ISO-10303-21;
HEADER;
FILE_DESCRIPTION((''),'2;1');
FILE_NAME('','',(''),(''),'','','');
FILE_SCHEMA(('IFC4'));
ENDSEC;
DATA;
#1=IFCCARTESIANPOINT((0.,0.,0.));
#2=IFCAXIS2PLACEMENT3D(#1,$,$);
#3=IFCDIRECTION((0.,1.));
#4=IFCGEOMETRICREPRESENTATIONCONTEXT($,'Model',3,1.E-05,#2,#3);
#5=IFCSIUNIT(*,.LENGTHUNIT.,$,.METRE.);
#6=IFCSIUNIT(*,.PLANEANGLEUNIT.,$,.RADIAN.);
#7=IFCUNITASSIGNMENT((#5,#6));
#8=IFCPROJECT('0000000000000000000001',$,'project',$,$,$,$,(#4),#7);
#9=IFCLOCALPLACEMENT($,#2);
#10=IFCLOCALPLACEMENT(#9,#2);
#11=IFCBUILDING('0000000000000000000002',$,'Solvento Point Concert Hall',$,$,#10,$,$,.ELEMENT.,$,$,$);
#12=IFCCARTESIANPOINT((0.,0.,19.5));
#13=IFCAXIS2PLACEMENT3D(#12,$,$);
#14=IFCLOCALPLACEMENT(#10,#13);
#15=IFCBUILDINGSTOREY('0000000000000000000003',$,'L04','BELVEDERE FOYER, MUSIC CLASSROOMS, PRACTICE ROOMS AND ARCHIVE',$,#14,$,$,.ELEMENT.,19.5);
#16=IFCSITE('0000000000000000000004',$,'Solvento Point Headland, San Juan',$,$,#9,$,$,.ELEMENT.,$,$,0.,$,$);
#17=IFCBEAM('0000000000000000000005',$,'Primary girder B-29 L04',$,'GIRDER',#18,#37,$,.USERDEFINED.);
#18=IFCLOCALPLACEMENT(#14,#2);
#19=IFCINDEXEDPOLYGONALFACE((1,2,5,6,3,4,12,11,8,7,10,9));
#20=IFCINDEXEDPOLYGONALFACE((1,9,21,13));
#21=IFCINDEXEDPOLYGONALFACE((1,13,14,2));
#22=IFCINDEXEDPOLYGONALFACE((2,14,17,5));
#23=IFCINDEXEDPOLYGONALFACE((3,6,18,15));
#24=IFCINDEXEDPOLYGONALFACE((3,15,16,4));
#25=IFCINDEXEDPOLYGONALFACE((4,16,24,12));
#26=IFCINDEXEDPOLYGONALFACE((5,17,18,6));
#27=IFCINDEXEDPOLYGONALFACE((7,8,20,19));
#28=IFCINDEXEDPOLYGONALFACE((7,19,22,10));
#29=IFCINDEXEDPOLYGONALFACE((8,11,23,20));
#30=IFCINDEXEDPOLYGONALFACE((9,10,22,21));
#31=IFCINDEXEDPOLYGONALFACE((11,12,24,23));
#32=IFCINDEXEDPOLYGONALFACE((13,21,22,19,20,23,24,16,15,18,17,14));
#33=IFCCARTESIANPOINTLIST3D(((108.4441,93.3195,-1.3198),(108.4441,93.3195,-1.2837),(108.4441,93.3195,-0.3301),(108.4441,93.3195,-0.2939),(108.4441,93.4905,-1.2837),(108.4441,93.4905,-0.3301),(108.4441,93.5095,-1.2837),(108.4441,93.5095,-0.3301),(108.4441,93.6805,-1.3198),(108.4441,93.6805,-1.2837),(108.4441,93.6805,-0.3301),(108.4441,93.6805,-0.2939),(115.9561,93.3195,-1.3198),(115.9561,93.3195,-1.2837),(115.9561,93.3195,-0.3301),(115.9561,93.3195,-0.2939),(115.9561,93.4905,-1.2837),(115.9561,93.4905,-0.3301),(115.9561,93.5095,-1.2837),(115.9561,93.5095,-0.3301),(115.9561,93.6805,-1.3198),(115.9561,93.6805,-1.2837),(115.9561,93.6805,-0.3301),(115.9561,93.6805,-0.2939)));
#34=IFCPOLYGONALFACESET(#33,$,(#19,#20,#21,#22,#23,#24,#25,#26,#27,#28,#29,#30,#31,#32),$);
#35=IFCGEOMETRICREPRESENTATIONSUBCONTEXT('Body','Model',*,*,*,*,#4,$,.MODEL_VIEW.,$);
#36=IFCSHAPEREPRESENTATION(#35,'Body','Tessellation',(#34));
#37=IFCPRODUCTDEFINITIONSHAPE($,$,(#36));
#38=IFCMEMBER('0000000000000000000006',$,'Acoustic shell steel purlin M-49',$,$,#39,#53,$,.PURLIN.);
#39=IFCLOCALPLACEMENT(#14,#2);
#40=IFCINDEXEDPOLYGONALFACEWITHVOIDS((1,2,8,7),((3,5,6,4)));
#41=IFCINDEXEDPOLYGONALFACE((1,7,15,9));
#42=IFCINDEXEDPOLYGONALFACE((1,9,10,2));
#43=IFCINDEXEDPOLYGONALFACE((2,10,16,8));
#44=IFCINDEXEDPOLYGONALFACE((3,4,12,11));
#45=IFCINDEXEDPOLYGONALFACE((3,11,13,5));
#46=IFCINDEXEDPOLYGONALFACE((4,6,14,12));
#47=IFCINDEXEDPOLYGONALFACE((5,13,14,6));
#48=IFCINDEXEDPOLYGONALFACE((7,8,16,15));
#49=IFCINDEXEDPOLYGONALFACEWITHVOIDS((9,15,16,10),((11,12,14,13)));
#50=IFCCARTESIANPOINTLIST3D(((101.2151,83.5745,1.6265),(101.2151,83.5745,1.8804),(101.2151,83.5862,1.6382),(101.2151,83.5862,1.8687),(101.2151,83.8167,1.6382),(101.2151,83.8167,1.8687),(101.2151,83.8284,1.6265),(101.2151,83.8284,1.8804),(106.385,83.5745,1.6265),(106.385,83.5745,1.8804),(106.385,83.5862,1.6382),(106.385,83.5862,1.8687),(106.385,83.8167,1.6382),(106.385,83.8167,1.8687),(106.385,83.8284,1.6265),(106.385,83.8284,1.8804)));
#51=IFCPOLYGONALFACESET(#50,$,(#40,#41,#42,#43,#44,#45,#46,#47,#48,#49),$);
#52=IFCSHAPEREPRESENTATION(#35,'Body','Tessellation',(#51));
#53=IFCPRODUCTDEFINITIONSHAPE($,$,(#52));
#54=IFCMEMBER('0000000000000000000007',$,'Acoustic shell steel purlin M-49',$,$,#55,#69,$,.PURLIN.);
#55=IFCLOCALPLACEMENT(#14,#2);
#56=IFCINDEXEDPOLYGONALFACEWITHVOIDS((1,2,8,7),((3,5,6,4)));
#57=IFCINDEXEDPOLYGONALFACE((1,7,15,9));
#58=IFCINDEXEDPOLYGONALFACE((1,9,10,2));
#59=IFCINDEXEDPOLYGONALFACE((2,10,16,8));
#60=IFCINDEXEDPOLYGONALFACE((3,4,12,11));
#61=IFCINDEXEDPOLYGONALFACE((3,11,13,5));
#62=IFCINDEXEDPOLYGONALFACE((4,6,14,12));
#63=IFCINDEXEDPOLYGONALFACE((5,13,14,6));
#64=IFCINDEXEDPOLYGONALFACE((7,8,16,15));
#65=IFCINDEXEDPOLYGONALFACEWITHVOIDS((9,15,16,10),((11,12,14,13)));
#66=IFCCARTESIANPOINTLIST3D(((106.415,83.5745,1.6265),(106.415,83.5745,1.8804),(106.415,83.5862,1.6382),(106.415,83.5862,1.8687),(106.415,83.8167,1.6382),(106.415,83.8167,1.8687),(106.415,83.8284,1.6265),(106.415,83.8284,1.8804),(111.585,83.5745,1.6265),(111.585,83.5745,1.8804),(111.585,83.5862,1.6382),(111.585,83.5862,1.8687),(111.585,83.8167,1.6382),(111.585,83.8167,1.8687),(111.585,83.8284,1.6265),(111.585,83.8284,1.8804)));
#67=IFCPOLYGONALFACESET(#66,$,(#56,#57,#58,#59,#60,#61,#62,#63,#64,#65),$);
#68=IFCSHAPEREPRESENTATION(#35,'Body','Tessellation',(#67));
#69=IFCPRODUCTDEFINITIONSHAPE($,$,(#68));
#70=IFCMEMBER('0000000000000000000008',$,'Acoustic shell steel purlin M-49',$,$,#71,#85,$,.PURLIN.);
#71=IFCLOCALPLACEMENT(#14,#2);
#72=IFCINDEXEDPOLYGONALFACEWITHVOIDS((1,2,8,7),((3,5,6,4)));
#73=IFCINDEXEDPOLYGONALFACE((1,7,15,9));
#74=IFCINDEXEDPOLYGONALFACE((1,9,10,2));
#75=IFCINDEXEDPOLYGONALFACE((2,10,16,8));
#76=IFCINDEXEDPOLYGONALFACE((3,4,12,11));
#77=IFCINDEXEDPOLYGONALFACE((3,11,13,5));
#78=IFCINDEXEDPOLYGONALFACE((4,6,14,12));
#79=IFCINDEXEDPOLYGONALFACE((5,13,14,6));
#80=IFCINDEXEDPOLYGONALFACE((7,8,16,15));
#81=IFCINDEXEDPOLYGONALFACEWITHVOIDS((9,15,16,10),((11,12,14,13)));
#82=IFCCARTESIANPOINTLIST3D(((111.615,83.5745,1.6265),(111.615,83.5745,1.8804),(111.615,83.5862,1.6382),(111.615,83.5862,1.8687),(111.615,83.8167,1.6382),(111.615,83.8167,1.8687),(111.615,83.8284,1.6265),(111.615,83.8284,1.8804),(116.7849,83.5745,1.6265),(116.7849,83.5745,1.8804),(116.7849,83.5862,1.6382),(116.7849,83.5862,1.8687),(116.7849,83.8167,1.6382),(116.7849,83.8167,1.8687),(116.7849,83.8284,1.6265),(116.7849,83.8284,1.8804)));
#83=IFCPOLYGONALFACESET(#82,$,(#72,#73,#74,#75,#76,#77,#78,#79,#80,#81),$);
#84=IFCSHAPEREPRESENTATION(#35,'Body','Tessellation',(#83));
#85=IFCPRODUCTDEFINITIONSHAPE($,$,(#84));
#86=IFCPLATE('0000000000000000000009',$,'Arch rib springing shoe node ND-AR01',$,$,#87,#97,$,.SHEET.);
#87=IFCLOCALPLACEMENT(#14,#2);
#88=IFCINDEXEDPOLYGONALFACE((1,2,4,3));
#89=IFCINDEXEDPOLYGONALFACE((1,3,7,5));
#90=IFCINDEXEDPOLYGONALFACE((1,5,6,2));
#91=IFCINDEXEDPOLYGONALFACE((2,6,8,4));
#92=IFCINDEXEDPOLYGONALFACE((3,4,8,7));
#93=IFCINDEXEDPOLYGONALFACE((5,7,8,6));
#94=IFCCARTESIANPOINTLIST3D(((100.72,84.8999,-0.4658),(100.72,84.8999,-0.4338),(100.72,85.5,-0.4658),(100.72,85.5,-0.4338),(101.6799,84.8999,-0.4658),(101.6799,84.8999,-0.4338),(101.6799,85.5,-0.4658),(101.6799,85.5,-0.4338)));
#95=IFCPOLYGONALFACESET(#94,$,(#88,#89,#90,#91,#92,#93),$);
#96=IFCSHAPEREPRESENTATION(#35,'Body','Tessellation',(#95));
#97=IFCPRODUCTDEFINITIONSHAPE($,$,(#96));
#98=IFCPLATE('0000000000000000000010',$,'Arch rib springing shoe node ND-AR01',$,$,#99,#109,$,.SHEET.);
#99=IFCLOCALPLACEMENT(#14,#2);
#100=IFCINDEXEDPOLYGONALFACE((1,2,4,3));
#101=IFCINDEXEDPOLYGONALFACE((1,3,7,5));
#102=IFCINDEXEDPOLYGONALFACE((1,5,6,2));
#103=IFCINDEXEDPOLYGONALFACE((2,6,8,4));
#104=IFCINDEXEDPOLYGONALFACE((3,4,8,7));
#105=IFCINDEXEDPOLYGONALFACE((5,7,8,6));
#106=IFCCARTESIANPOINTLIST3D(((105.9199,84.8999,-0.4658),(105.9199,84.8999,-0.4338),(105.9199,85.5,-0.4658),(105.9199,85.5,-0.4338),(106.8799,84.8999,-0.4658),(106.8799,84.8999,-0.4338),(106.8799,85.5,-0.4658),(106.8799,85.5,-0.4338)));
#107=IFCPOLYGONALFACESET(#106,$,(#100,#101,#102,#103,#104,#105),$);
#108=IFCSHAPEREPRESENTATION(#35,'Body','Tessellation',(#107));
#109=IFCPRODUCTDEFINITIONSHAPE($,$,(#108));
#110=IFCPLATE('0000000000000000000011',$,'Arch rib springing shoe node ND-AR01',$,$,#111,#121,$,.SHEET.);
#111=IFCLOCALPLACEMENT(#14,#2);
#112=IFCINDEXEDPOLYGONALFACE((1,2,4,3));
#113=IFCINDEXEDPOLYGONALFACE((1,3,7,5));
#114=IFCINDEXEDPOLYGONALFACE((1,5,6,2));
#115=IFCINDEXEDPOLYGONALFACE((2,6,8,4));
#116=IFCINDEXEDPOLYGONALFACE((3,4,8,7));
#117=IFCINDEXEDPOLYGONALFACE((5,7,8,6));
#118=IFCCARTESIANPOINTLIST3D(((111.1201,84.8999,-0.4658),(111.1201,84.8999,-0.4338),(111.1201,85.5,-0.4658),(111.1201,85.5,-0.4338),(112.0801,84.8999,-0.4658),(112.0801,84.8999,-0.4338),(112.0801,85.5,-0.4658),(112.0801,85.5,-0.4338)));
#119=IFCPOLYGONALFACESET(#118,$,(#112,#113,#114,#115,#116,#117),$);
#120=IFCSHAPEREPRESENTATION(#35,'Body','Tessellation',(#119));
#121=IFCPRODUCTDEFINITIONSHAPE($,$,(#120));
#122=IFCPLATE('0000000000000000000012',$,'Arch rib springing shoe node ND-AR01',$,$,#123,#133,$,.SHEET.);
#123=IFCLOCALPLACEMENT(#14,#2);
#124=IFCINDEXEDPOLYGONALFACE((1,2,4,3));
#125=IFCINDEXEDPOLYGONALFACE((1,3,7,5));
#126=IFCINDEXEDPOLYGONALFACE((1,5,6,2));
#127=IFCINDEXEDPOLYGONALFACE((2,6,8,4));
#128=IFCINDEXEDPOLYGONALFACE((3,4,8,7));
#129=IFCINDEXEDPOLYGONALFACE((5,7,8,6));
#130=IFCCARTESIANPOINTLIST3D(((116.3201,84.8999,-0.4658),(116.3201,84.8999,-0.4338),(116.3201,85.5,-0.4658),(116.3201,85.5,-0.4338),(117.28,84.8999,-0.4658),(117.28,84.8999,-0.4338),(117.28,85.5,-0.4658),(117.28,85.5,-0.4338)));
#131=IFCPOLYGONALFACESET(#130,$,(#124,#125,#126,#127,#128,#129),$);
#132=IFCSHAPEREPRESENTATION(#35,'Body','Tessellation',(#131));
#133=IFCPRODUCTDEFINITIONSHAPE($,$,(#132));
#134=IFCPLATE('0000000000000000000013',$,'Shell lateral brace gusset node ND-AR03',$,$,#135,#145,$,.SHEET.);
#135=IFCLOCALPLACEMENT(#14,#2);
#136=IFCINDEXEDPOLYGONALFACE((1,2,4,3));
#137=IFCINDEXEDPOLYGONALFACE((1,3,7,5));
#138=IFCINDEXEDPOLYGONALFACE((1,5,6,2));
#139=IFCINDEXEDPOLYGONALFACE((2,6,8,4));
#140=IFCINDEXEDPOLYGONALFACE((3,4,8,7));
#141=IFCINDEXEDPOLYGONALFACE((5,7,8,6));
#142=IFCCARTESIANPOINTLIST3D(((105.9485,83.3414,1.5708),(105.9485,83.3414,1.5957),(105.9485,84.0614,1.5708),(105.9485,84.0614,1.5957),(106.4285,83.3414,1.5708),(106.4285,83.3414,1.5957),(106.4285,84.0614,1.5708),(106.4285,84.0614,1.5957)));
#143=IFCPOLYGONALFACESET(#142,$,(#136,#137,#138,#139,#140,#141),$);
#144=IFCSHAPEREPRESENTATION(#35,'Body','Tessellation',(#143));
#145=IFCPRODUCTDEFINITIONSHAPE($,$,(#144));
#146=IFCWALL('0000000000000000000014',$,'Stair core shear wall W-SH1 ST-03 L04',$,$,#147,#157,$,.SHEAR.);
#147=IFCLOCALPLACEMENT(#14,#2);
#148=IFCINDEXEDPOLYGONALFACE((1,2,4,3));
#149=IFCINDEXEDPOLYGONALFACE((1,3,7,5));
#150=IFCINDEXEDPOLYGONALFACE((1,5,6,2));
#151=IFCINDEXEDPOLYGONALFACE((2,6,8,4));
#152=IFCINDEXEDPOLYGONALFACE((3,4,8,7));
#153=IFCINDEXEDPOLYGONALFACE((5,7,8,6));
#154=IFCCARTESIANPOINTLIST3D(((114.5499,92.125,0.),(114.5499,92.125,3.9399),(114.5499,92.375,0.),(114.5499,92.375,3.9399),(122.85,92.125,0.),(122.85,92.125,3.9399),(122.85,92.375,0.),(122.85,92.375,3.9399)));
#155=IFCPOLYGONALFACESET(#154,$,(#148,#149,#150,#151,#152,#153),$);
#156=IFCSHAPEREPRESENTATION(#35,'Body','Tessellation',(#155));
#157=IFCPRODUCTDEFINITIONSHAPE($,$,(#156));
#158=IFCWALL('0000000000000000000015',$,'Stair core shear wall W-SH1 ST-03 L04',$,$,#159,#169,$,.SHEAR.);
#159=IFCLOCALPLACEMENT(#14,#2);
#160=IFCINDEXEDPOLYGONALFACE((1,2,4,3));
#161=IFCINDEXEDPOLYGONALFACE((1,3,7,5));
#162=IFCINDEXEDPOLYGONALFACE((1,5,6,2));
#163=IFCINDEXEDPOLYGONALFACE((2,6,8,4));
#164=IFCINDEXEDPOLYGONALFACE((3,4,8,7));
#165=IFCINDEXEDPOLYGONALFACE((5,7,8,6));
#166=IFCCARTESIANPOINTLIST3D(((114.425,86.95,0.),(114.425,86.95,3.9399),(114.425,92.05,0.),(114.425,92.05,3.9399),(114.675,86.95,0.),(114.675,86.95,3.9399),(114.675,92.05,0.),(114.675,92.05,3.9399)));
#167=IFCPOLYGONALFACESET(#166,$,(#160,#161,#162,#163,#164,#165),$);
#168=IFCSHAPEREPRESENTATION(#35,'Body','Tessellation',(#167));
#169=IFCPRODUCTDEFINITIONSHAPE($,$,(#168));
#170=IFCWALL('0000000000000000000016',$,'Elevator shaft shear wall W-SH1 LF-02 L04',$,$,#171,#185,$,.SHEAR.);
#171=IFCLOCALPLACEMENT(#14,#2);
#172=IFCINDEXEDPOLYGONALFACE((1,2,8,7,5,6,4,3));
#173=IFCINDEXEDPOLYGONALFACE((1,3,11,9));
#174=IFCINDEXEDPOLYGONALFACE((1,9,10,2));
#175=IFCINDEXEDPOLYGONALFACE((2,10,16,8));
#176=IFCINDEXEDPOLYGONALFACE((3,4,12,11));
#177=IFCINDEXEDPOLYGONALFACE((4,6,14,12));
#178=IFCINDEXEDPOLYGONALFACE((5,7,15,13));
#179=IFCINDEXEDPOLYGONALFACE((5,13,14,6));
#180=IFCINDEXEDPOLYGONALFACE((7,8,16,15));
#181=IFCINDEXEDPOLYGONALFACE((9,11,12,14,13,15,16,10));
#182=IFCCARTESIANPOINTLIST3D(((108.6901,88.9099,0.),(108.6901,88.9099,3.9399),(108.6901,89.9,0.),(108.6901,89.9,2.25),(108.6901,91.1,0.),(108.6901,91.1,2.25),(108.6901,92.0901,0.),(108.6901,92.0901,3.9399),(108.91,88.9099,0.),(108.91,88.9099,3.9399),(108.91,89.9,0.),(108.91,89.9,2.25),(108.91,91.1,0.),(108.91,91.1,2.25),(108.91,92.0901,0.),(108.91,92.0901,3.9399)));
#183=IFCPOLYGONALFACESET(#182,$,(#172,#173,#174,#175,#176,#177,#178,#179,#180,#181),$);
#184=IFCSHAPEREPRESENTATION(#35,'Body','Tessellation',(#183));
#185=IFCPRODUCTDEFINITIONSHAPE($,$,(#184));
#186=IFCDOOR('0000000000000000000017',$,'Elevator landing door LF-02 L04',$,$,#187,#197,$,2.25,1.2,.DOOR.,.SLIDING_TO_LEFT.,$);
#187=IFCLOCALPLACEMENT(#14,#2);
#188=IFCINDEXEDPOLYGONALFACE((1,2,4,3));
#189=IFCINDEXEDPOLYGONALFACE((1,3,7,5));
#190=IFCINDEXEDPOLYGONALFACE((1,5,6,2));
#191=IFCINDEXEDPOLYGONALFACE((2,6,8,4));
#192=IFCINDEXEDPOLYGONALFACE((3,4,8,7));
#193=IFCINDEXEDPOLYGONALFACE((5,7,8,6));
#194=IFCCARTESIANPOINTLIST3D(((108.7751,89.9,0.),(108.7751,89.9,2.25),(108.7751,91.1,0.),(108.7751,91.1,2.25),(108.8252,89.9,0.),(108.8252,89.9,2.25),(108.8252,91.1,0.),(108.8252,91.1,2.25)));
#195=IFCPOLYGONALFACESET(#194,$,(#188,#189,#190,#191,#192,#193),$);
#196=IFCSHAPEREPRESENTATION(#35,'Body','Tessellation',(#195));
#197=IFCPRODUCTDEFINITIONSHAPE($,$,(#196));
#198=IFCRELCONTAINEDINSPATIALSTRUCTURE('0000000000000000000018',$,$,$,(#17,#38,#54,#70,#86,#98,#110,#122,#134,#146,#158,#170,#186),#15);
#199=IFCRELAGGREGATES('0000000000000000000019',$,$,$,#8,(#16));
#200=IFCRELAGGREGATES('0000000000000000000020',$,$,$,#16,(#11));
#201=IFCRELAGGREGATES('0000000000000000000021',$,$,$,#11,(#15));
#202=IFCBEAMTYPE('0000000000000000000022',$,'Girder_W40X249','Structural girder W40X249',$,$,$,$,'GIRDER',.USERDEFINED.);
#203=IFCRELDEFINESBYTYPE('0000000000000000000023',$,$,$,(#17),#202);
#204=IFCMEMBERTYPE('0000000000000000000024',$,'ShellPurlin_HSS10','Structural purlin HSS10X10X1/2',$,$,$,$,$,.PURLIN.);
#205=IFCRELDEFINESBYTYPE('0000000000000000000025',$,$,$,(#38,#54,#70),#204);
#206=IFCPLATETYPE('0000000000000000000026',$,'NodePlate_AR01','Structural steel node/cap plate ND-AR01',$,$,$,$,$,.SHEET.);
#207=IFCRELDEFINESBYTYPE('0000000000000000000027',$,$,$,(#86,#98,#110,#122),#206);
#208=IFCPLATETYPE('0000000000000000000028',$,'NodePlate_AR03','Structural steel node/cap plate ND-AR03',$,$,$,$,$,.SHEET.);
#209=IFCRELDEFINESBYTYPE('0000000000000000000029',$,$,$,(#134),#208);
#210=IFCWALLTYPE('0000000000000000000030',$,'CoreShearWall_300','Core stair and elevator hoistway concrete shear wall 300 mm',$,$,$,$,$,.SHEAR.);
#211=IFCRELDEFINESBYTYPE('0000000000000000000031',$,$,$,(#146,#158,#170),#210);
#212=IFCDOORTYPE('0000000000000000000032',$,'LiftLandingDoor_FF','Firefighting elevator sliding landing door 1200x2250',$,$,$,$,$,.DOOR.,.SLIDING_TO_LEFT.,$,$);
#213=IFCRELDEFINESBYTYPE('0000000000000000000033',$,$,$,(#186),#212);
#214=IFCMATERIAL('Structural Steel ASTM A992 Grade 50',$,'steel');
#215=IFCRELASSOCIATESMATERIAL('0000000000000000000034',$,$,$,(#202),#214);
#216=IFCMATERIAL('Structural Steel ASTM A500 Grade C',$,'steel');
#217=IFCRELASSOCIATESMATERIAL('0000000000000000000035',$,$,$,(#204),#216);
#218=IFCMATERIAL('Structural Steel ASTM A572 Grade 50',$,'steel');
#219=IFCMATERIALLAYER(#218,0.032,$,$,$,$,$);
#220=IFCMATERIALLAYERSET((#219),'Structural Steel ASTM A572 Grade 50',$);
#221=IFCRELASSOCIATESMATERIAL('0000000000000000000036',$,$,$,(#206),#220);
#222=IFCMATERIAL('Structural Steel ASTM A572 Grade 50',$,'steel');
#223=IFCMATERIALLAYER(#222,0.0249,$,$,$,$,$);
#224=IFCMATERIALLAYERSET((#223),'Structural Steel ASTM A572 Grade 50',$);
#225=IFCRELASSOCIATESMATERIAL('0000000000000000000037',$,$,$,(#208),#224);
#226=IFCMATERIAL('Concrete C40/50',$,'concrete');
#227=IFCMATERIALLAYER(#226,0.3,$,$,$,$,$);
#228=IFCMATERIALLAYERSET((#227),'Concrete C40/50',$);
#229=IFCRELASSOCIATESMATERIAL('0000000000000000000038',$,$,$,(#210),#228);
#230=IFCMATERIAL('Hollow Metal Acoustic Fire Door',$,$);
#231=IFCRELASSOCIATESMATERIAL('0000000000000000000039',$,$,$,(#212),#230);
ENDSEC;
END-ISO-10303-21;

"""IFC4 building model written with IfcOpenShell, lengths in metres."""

from ifc_helpers import new_model, si_unit, direction, frame, frame_2d, origin, origin_2d, place, context, subcontext, project, spatial, rectangle, hollow_rectangle, i_section, extrude, material, layer, layer_set, material_profile, profile_set, type_object, element, fill, save


model = new_model("IFC4")

# Units and contexts
model_context = context("Model", 3, precision=1e-05, world=origin(), true_north=direction((0.0, 1.0)))
body_context = subcontext(model_context, "Body", "Model", "MODEL_VIEW")
ifc_project = project(units=[si_unit("LENGTHUNIT", "METRE"), si_unit("PLANEANGLEUNIT", "RADIAN")], contexts=[model_context])

# Site, building, storey
site_placement = place(None, origin())
site = spatial("IfcSite", under=ifc_project, at=site_placement, Name="Solvento Point Headland, San Juan", CompositionType="ELEMENT", RefElevation=0.0)
building_placement = place(site_placement, origin())
building = spatial("IfcBuilding", under=site, at=building_placement, Name="Solvento Point Concert Hall", CompositionType="ELEMENT")
storey_placement = place(building_placement, frame((0.0, 0.0, 19.5)))
storey = spatial("IfcBuildingStorey", under=building, at=storey_placement, Name="L04", Description="BELVEDERE FOYER, MUSIC CLASSROOMS, PRACTICE ROOMS AND ARCHIVE", CompositionType="ELEMENT", Elevation=19.5)

# Beam
ifc_material_1 = material(Name="Structural Steel ASTM A992 Grade 50", Category="steel")
ifc_material_profile_1 = material_profile(ifc_material_1, i_section(OverallWidth=0.3611, OverallDepth=1.0259, WebThickness=0.019, FlangeThickness=0.0361, at=origin_2d()), Name="W40X249")
ifc_profile_set_1 = profile_set([ifc_material_profile_1], Name="Structural Steel ASTM A992 Grade 50")
beam_type_1 = type_object("IfcBeamType", Name="Girder_W40X249", Description="Structural girder W40X249", ElementType="GIRDER", PredefinedType="USERDEFINED", material=ifc_profile_set_1)
beam_1_placement = place(storey_placement, frame((108.4441, 93.5, -0.8069), z_axis=(1.0, 0.0, 0.0), x_axis=(0.0, 1.0, 0.0)))
element("IfcBeam", 1, at=beam_1_placement, inside=storey, type_object=beam_type_1, Name="Primary girder B-29 L04", ObjectType="GIRDER", PredefinedType="USERDEFINED", context=body_context, shape_type="SweptSolid", body=[
    extrude(i_section(OverallWidth=0.3611, OverallDepth=1.0259, WebThickness=0.019, FlangeThickness=0.0361, at=origin_2d()), origin(), (0.0, 0.0, 1.0), 7.512),
])

# Members
ifc_material_2 = material(Name="Structural Steel ASTM A500 Grade C", Category="steel")
ifc_material_profile_2 = material_profile(ifc_material_2, hollow_rectangle(XDim=0.2539, YDim=0.2539, WallThickness=0.0117, at=origin_2d()), Name="HSS10X10X1/2")
ifc_profile_set_2 = profile_set([ifc_material_profile_2], Name="Structural Steel ASTM A500 Grade C")
member_type = type_object("IfcMemberType", Name="ShellPurlin_HSS10", Description="Structural purlin HSS10X10X1/2", PredefinedType="PURLIN", material=ifc_profile_set_2)
for number, where, z_axis, x_axis, name in (
    (2, (101.2151, 83.7014, 1.7534), (1.0, 0.0, 0.0), (0.0, 1.0, 0.0), "Acoustic shell steel purlin M-49"),
    (3, (106.415, 83.7014, 1.7534), (1.0, 0.0, 0.0), (0.0, 1.0, 0.0), "Acoustic shell steel purlin M-49"),
    (4, (111.615, 83.7014, 1.7534), (1.0, 0.0, 0.0), (0.0, 1.0, 0.0), "Acoustic shell steel purlin M-49"),
):
    element("IfcMember", number, at=place(storey_placement, frame(where, z_axis=z_axis, x_axis=x_axis)), inside=storey, type_object=member_type, Name=name, PredefinedType="PURLIN", context=body_context, shape_type="SweptSolid", body=[
        extrude(hollow_rectangle(XDim=0.2539, YDim=0.2539, WallThickness=0.0117, at=origin_2d()), origin(), (0.0, 0.0, 1.0), 5.1699),
    ])

# Plates
ifc_material_3 = material(Name="Structural Steel ASTM A572 Grade 50", Category="steel")
ifc_layer_1 = layer(ifc_material_3, 0.032)
ifc_layer_set_1 = layer_set([ifc_layer_1], Name="Structural Steel ASTM A572 Grade 50")
plate_type_1 = type_object("IfcPlateType", Name="NodePlate_AR01", Description="Structural steel node/cap plate ND-AR01", PredefinedType="SHEET", material=ifc_layer_set_1)
for number, where, z_axis, x_axis, name in (
    (5, (101.2, 85.2, -0.4658), (0.0, 0.0, 1.0), (1.0, 0.0, 0.0), "Arch rib springing shoe node ND-AR01"),
    (6, (106.3999, 85.2, -0.4658), (0.0, 0.0, 1.0), (1.0, 0.0, 0.0), "Arch rib springing shoe node ND-AR01"),
    (7, (111.6001, 85.2, -0.4658), (0.0, 0.0, 1.0), (1.0, 0.0, 0.0), "Arch rib springing shoe node ND-AR01"),
    (8, (116.8, 85.2, -0.4658), (0.0, 0.0, 1.0), (1.0, 0.0, 0.0), "Arch rib springing shoe node ND-AR01"),
):
    element("IfcPlate", number, at=place(storey_placement, frame(where, z_axis=z_axis, x_axis=x_axis)), inside=storey, type_object=plate_type_1, Name=name, PredefinedType="SHEET", context=body_context, shape_type="SweptSolid", body=[
        extrude(rectangle(XDim=0.96, YDim=0.6001, at=origin_2d()), origin(), (0.0, 0.0, 1.0), 0.032),
    ])
ifc_material_4 = material(Name="Structural Steel ASTM A572 Grade 50", Category="steel")
ifc_layer_2 = layer(ifc_material_4, 0.0249)
ifc_layer_set_2 = layer_set([ifc_layer_2], Name="Structural Steel ASTM A572 Grade 50")
plate_type_2 = type_object("IfcPlateType", Name="NodePlate_AR03", Description="Structural steel node/cap plate ND-AR03", PredefinedType="SHEET", material=ifc_layer_set_2)
plate_placement = place(storey_placement, frame((106.1885, 83.7014, 1.5708), z_axis=(0.0, 0.0, 1.0), x_axis=(0.0, 1.0, 0.0)))
element("IfcPlate", 9, at=plate_placement, inside=storey, type_object=plate_type_2, Name="Shell lateral brace gusset node ND-AR03", PredefinedType="SHEET", context=body_context, shape_type="SweptSolid", body=[
    extrude(rectangle(XDim=0.72, YDim=0.48, at=origin_2d()), origin(), (0.0, 0.0, 1.0), 0.0249),
])

# Walls
ifc_material_5 = material(Name="Concrete C40/50", Category="concrete")
ifc_layer_3 = layer(ifc_material_5, 0.3)
ifc_layer_set_3 = layer_set([ifc_layer_3], Name="Concrete C40/50")
wall_type_1 = type_object("IfcWallType", Name="CoreShearWall_300", Description="Core stair and elevator hoistway concrete shear wall 300 mm", PredefinedType="SHEAR", material=ifc_layer_set_3)
wall_1_placement = place(storey_placement, frame((114.55, 92.25, 0.0), z_axis=(0.0, 0.0, 1.0), x_axis=(1.0, 0.0, 0.0)))
element("IfcWall", 10, at=wall_1_placement, inside=storey, type_object=wall_type_1, Name="Stair core shear wall W-SH1 ST-03 L04", PredefinedType="SHEAR", context=body_context, shape_type="SweptSolid", body=[
    extrude(rectangle(XDim=8.3, YDim=0.25, at=frame_2d((4.1499, 0.0))), origin(), (0.0, 0.0, 1.0), 3.9399),
])
wall_2_placement = place(storey_placement, frame((114.55, 86.95, 0.0), z_axis=(0.0, 0.0, 1.0), x_axis=(0.0, 1.0, 0.0)))
element("IfcWall", 11, at=wall_2_placement, inside=storey, type_object=wall_type_1, Name="Stair core shear wall W-SH1 ST-03 L04", PredefinedType="SHEAR", context=body_context, shape_type="SweptSolid", body=[
    extrude(rectangle(XDim=5.1001, YDim=0.25, at=frame_2d((2.55, 0.0))), origin(), (0.0, 0.0, 1.0), 3.9399),
])

# Wall, opening, door
wall_3_placement = place(storey_placement, frame((108.8, 88.9099, 0.0), z_axis=(0.0, 0.0, 1.0), x_axis=(0.0, 1.0, 0.0)))
wall_3 = element("IfcWall", 12, at=wall_3_placement, inside=storey, type_object=wall_type_1, Name="Elevator shaft shear wall W-SH1 LF-02 L04", PredefinedType="SHEAR", context=body_context, shape_type="SweptSolid", body=[
    extrude(rectangle(XDim=3.1802, YDim=0.22, at=frame_2d((1.5901, 0.0))), origin(), (0.0, 0.0, 1.0), 3.9399),
])
opening_1_placement = place(wall_3_placement, frame((0.99, 0.0, 0.0)))
opening_1 = element("IfcOpeningElement", 13, at=opening_1_placement, cuts=wall_3, PredefinedType="OPENING", context=body_context, shape_type="SweptSolid", body=[
    extrude(rectangle(XDim=1.2, YDim=2.25, at=frame_2d((0.6001, 1.125))), frame((0.0, 0.1199, 0.0), z_axis=(0.0, -1.0, 0.0), x_axis=(1.0, 0.0, 0.0)), (0.0, 0.0, 1.0), 0.24),
])
ifc_material_6 = material(Name="Hollow Metal Acoustic Fire Door")
door_type = type_object("IfcDoorType", Name="LiftLandingDoor_FF", Description="Firefighting elevator sliding landing door 1200x2250", OperationType="SLIDING_TO_LEFT", PredefinedType="DOOR", material=ifc_material_6)
door_placement = place(opening_1_placement, origin())
door = element("IfcDoor", 14, at=door_placement, inside=storey, type_object=door_type, Name="Elevator landing door LF-02 L04", OperationType="SLIDING_TO_LEFT", OverallHeight=2.25, OverallWidth=1.2, PredefinedType="DOOR", context=body_context, shape_type="SweptSolid", body=[
    extrude(rectangle(XDim=1.2, YDim=2.25, at=frame_2d((0.6001, 1.125))), frame((0.0, 0.0249, 0.0), z_axis=(0.0, -1.0, 0.0), x_axis=(1.0, 0.0, 0.0)), (0.0, 0.0, 1.0), 0.05),
])
fill(opening_1, door)

save(model, "model.ifc")
